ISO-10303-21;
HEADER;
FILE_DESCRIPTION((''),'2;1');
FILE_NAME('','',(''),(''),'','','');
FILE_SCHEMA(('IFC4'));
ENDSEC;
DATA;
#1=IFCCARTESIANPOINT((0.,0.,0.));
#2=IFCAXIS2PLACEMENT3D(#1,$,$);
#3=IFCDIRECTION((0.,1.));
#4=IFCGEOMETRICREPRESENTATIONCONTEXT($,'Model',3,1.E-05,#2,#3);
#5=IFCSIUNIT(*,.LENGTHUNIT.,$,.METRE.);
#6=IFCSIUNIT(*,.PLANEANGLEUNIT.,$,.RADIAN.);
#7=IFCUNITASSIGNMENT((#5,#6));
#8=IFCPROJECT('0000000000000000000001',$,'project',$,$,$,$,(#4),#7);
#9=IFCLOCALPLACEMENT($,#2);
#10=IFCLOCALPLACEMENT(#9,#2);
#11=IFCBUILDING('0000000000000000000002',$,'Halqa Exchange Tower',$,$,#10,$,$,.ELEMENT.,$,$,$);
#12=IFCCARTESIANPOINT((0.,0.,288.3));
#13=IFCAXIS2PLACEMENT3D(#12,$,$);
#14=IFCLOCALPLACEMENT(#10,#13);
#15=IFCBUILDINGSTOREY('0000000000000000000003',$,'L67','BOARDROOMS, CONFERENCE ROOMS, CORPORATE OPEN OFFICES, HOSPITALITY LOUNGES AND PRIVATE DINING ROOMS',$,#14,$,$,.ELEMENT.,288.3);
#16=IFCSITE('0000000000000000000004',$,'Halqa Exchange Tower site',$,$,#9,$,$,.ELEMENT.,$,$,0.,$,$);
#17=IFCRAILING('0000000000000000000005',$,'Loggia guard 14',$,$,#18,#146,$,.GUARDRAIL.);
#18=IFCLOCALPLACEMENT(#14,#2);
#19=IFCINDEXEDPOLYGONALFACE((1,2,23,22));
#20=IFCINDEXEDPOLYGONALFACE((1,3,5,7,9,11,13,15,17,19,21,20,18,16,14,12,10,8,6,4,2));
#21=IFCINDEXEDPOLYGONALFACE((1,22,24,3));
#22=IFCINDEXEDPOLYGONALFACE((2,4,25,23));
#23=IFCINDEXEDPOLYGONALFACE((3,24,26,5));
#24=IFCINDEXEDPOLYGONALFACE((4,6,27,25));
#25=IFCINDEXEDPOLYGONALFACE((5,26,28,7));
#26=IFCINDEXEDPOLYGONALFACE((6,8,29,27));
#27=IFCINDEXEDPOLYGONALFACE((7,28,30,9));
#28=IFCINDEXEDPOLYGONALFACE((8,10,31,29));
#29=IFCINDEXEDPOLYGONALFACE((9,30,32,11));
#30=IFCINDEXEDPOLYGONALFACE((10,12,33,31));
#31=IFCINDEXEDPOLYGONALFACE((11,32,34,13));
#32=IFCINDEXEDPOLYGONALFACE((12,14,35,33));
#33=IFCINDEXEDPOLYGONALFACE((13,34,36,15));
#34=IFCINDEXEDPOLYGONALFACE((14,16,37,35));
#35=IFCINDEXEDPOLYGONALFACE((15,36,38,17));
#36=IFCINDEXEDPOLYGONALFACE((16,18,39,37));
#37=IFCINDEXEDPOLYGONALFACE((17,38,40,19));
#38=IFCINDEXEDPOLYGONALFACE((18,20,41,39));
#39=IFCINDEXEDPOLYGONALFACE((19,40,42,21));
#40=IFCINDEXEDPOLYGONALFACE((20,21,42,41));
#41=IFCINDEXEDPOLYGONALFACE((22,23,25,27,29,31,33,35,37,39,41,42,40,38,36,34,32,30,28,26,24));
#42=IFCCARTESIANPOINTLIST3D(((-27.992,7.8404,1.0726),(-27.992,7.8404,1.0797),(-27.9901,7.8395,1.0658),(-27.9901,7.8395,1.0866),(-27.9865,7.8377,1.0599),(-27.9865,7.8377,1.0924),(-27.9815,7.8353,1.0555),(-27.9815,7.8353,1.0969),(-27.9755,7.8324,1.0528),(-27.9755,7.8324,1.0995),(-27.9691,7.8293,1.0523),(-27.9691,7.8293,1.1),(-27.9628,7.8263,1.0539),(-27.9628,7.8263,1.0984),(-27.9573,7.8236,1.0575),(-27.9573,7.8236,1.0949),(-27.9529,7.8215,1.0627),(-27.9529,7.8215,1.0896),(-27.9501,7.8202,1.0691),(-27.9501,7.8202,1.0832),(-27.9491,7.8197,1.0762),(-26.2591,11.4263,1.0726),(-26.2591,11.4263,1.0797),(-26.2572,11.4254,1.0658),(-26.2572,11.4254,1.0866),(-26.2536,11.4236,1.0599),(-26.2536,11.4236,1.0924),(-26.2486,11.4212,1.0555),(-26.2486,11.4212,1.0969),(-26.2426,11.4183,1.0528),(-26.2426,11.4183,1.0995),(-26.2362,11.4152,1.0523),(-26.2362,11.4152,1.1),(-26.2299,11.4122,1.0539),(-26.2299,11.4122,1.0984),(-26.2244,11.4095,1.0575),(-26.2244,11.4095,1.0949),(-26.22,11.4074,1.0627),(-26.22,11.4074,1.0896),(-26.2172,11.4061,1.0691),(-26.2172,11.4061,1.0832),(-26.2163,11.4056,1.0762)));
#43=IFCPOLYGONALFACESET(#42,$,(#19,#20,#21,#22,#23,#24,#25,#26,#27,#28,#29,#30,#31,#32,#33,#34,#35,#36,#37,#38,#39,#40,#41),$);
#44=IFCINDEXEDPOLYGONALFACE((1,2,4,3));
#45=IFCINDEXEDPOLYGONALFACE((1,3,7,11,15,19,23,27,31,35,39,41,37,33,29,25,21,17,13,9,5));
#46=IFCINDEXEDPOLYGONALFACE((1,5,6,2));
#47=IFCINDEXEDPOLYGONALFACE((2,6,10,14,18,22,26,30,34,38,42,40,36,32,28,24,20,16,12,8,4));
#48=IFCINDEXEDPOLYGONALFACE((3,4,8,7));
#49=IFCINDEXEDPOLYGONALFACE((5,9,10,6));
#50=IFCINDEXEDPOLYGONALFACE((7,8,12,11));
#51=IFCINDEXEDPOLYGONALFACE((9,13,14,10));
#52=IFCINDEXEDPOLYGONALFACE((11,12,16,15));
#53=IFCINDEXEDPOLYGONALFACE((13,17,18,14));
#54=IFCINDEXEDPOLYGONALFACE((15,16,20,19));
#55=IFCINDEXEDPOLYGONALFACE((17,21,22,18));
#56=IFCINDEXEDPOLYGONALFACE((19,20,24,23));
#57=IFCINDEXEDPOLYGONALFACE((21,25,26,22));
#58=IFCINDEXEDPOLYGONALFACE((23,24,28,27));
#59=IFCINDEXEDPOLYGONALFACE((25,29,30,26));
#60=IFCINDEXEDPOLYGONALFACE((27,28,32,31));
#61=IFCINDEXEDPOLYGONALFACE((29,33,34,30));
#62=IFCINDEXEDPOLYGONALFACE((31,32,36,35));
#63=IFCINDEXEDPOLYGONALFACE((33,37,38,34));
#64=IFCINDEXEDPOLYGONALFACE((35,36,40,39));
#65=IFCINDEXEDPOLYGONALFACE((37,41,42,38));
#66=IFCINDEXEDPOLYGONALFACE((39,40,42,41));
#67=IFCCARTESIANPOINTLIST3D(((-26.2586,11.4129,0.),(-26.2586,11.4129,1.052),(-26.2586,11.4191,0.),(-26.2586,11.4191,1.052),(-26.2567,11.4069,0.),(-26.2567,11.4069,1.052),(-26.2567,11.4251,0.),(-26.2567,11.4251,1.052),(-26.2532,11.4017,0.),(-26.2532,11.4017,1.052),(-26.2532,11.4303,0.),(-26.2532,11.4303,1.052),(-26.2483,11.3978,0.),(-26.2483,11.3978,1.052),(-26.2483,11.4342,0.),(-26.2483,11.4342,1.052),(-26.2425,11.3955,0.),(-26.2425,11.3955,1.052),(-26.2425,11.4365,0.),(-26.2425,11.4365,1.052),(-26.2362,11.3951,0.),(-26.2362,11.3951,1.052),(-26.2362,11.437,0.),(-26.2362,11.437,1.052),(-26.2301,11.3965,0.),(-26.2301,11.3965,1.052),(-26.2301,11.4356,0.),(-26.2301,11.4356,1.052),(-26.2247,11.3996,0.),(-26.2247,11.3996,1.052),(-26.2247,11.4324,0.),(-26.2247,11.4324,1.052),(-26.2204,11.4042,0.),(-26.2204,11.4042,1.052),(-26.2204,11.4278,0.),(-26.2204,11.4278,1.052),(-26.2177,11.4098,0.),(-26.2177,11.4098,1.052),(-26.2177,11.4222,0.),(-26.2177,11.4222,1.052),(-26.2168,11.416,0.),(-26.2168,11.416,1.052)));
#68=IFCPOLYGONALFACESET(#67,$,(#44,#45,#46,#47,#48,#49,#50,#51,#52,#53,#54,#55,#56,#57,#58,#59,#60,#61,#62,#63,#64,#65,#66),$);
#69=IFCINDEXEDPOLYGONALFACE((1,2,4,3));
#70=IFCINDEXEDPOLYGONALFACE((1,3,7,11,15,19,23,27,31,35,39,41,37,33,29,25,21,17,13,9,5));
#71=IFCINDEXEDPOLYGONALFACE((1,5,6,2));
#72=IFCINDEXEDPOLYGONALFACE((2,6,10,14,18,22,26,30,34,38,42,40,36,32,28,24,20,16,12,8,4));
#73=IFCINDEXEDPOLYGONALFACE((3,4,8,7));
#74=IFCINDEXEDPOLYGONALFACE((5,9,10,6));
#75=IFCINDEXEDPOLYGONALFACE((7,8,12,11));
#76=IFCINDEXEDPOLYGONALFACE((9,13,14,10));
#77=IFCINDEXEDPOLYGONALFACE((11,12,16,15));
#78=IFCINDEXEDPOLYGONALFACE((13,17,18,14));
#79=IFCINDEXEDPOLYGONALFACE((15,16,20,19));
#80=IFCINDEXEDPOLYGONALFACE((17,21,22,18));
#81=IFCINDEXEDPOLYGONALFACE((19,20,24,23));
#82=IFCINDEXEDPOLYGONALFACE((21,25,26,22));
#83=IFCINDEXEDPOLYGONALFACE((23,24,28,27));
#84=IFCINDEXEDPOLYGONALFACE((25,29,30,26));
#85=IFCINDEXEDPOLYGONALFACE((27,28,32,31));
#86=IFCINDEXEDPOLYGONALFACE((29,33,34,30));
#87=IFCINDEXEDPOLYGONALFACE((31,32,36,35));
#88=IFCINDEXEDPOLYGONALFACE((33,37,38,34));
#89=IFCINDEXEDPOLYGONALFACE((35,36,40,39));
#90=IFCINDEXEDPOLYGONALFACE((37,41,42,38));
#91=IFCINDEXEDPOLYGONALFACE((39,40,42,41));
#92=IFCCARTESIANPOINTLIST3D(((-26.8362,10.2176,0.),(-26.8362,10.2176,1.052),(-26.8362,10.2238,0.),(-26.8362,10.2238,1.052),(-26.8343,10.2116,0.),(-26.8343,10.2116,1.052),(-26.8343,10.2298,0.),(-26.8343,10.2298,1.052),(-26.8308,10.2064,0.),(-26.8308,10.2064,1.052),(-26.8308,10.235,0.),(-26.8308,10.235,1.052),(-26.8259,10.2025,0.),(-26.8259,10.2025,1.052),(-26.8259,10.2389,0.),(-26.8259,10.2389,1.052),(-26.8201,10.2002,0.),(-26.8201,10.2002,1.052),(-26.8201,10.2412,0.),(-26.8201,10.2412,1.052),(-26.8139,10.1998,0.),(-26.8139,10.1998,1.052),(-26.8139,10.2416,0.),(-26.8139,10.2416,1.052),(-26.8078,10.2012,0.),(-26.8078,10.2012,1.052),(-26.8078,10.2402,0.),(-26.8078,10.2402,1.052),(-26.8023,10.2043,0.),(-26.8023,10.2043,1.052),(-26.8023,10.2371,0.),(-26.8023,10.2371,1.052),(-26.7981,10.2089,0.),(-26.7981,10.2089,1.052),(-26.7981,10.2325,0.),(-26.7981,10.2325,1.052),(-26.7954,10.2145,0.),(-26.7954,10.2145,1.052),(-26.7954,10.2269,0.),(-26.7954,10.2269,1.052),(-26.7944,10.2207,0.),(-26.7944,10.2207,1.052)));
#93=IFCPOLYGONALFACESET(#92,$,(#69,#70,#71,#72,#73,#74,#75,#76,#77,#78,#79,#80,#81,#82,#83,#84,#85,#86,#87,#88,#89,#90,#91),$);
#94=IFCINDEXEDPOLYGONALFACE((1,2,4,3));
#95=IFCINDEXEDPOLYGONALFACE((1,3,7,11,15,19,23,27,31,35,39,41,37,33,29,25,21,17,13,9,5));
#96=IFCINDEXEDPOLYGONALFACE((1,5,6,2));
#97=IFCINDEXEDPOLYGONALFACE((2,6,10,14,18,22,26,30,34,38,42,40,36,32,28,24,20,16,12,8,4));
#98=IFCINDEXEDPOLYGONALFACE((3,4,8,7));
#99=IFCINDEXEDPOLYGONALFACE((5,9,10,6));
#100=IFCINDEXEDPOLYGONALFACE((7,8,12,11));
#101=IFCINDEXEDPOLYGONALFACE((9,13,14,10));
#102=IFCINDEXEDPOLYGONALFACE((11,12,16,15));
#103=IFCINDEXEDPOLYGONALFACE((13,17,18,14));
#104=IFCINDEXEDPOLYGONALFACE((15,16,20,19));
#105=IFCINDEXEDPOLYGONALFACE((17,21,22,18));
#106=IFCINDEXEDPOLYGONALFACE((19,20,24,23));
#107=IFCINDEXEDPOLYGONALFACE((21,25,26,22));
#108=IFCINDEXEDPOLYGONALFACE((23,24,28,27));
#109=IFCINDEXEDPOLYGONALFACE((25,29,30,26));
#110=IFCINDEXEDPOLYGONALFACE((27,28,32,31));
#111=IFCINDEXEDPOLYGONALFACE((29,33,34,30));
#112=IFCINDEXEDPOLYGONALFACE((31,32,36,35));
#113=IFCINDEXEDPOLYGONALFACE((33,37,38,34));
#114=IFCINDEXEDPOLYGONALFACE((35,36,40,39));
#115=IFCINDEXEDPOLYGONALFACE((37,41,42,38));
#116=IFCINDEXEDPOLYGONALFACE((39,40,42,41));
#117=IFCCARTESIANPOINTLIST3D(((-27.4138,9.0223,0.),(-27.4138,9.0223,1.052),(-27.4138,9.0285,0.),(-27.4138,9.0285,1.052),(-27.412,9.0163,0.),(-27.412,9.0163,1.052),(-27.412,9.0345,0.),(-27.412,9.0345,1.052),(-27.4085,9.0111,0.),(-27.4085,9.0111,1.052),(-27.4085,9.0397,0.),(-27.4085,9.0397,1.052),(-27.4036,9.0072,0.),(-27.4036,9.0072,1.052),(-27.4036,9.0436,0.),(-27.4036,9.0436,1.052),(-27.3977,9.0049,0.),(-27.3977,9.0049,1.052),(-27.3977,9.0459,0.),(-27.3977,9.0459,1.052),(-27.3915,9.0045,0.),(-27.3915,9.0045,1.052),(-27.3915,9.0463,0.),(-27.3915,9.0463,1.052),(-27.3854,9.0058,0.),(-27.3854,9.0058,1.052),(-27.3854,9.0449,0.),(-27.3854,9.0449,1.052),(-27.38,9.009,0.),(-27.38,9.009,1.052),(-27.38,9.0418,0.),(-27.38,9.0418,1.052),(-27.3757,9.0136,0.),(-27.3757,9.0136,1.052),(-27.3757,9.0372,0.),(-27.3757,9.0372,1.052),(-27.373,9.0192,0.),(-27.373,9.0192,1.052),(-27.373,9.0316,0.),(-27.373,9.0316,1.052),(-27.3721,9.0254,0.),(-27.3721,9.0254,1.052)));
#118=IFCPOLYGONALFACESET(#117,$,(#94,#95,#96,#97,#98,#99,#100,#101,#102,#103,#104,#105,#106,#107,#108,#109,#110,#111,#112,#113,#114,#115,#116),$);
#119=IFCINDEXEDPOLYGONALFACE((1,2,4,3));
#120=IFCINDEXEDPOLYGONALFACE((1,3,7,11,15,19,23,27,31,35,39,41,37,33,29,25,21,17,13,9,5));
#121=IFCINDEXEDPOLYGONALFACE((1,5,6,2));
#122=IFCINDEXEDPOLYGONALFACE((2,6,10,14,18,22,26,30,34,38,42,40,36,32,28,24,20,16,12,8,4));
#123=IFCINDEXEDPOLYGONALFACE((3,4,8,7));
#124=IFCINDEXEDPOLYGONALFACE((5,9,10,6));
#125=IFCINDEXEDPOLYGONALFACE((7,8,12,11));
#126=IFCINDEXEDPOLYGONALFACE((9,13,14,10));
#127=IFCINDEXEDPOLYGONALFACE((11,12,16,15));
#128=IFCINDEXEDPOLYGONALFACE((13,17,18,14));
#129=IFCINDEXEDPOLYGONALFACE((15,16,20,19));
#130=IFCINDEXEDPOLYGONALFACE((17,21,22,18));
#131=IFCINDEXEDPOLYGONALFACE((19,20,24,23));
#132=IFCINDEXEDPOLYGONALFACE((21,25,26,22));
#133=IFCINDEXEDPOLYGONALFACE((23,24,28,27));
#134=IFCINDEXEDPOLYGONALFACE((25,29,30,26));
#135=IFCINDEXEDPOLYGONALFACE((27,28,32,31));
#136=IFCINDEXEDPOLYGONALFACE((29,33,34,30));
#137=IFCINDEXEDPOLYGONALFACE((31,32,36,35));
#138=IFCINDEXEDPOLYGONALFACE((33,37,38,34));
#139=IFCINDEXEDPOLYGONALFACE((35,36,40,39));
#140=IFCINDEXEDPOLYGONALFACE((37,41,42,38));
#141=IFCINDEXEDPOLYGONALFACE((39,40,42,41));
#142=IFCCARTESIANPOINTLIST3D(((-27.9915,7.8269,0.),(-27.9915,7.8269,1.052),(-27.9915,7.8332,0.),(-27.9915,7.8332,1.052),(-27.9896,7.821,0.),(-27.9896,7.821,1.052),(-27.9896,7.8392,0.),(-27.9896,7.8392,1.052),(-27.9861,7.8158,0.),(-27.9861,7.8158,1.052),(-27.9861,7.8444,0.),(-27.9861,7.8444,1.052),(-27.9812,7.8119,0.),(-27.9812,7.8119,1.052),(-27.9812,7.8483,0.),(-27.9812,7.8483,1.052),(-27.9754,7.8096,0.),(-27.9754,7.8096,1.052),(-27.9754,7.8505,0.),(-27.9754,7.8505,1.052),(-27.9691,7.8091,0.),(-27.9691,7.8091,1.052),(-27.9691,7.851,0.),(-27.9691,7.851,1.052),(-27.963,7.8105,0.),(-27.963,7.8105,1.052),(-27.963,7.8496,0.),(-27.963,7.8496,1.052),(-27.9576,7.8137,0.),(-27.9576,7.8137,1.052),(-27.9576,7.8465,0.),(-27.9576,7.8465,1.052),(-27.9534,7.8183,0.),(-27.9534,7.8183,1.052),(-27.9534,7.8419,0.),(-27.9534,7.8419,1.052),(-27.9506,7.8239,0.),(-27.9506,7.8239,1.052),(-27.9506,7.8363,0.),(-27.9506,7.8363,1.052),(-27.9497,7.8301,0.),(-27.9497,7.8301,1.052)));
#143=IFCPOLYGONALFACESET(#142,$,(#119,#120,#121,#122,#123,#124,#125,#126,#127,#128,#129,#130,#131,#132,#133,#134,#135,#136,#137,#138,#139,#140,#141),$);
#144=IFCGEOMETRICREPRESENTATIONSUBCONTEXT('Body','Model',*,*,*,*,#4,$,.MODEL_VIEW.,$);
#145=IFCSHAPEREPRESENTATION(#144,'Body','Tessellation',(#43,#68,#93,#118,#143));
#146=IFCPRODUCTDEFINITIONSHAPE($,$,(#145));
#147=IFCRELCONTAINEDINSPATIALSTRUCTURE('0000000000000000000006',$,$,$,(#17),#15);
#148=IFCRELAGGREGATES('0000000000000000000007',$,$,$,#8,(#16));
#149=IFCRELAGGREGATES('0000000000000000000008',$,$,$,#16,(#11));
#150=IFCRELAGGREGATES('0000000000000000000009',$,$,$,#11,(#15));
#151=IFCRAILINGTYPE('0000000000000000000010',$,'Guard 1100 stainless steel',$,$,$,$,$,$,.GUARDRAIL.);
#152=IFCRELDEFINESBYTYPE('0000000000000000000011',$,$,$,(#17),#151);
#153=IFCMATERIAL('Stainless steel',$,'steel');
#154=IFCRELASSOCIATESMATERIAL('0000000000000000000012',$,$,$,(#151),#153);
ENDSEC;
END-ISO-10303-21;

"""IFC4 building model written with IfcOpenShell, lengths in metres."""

from ifc_helpers import new_model, si_unit, direction, frame, origin, origin_2d, place, context, subcontext, project, spatial, circle, extrude, material, type_object, element, save


model = new_model("IFC4")

# Units and contexts
model_context = context("Model", 3, precision=1e-05, world=origin(), true_north=direction((0.0, 1.0)))
body_context = subcontext(model_context, "Body", "Model", "MODEL_VIEW")
ifc_project = project(units=[si_unit("LENGTHUNIT", "METRE"), si_unit("PLANEANGLEUNIT", "RADIAN")], contexts=[model_context])

# Site, building, storey
site_placement = place(None, origin())
site = spatial("IfcSite", under=ifc_project, at=site_placement, Name="Halqa Exchange Tower site", CompositionType="ELEMENT", RefElevation=0.0)
building_placement = place(site_placement, origin())
building = spatial("IfcBuilding", under=site, at=building_placement, Name="Halqa Exchange Tower", CompositionType="ELEMENT")
storey_placement = place(building_placement, frame((0.0, 0.0, 288.3)))
storey = spatial("IfcBuildingStorey", under=building, at=storey_placement, Name="L67", Description="BOARDROOMS, CONFERENCE ROOMS, CORPORATE OPEN OFFICES, HOSPITALITY LOUNGES AND PRIVATE DINING ROOMS", CompositionType="ELEMENT", Elevation=288.3)

# Railing
ifc_material_1 = material(Name="Stainless steel", Category="steel")
railing_type = type_object("IfcRailingType", Name="Guard 1100 stainless steel", PredefinedType="GUARDRAIL", material=ifc_material_1)
railing_1_placement = place(storey_placement, frame((-26.2378, 11.416, 0.0)))
element("IfcRailing", 1, at=railing_1_placement, inside=storey, type_object=railing_type, Name="Loggia guard 14", PredefinedType="GUARDRAIL", context=body_context, shape_type="SweptSolid", body=[
    extrude(circle(Radius=0.0239, at=origin_2d()), frame((0.0, 0.0, 1.0762), z_axis=(-0.435109, -0.900378, 0.0), x_axis=(0.900378, -0.435109, 0.0)), (0.0, 0.0, 1.0), 3.9827),
    extrude(circle(Radius=0.021, at=origin_2d()), origin(), (0.0, 0.0, 1.0), 1.052),
    extrude(circle(Radius=0.021, at=origin_2d()), frame((-0.5776, -1.1953, 0.0)), (0.0, 0.0, 1.0), 1.052),
    extrude(circle(Radius=0.021, at=origin_2d()), frame((-1.1553, -2.3906, 0.0)), (0.0, 0.0, 1.0), 1.052),
    extrude(circle(Radius=0.021, at=origin_2d()), frame((-1.7329, -3.5859, 0.0)), (0.0, 0.0, 1.0), 1.052),
])

save(model, "model.ifc")
